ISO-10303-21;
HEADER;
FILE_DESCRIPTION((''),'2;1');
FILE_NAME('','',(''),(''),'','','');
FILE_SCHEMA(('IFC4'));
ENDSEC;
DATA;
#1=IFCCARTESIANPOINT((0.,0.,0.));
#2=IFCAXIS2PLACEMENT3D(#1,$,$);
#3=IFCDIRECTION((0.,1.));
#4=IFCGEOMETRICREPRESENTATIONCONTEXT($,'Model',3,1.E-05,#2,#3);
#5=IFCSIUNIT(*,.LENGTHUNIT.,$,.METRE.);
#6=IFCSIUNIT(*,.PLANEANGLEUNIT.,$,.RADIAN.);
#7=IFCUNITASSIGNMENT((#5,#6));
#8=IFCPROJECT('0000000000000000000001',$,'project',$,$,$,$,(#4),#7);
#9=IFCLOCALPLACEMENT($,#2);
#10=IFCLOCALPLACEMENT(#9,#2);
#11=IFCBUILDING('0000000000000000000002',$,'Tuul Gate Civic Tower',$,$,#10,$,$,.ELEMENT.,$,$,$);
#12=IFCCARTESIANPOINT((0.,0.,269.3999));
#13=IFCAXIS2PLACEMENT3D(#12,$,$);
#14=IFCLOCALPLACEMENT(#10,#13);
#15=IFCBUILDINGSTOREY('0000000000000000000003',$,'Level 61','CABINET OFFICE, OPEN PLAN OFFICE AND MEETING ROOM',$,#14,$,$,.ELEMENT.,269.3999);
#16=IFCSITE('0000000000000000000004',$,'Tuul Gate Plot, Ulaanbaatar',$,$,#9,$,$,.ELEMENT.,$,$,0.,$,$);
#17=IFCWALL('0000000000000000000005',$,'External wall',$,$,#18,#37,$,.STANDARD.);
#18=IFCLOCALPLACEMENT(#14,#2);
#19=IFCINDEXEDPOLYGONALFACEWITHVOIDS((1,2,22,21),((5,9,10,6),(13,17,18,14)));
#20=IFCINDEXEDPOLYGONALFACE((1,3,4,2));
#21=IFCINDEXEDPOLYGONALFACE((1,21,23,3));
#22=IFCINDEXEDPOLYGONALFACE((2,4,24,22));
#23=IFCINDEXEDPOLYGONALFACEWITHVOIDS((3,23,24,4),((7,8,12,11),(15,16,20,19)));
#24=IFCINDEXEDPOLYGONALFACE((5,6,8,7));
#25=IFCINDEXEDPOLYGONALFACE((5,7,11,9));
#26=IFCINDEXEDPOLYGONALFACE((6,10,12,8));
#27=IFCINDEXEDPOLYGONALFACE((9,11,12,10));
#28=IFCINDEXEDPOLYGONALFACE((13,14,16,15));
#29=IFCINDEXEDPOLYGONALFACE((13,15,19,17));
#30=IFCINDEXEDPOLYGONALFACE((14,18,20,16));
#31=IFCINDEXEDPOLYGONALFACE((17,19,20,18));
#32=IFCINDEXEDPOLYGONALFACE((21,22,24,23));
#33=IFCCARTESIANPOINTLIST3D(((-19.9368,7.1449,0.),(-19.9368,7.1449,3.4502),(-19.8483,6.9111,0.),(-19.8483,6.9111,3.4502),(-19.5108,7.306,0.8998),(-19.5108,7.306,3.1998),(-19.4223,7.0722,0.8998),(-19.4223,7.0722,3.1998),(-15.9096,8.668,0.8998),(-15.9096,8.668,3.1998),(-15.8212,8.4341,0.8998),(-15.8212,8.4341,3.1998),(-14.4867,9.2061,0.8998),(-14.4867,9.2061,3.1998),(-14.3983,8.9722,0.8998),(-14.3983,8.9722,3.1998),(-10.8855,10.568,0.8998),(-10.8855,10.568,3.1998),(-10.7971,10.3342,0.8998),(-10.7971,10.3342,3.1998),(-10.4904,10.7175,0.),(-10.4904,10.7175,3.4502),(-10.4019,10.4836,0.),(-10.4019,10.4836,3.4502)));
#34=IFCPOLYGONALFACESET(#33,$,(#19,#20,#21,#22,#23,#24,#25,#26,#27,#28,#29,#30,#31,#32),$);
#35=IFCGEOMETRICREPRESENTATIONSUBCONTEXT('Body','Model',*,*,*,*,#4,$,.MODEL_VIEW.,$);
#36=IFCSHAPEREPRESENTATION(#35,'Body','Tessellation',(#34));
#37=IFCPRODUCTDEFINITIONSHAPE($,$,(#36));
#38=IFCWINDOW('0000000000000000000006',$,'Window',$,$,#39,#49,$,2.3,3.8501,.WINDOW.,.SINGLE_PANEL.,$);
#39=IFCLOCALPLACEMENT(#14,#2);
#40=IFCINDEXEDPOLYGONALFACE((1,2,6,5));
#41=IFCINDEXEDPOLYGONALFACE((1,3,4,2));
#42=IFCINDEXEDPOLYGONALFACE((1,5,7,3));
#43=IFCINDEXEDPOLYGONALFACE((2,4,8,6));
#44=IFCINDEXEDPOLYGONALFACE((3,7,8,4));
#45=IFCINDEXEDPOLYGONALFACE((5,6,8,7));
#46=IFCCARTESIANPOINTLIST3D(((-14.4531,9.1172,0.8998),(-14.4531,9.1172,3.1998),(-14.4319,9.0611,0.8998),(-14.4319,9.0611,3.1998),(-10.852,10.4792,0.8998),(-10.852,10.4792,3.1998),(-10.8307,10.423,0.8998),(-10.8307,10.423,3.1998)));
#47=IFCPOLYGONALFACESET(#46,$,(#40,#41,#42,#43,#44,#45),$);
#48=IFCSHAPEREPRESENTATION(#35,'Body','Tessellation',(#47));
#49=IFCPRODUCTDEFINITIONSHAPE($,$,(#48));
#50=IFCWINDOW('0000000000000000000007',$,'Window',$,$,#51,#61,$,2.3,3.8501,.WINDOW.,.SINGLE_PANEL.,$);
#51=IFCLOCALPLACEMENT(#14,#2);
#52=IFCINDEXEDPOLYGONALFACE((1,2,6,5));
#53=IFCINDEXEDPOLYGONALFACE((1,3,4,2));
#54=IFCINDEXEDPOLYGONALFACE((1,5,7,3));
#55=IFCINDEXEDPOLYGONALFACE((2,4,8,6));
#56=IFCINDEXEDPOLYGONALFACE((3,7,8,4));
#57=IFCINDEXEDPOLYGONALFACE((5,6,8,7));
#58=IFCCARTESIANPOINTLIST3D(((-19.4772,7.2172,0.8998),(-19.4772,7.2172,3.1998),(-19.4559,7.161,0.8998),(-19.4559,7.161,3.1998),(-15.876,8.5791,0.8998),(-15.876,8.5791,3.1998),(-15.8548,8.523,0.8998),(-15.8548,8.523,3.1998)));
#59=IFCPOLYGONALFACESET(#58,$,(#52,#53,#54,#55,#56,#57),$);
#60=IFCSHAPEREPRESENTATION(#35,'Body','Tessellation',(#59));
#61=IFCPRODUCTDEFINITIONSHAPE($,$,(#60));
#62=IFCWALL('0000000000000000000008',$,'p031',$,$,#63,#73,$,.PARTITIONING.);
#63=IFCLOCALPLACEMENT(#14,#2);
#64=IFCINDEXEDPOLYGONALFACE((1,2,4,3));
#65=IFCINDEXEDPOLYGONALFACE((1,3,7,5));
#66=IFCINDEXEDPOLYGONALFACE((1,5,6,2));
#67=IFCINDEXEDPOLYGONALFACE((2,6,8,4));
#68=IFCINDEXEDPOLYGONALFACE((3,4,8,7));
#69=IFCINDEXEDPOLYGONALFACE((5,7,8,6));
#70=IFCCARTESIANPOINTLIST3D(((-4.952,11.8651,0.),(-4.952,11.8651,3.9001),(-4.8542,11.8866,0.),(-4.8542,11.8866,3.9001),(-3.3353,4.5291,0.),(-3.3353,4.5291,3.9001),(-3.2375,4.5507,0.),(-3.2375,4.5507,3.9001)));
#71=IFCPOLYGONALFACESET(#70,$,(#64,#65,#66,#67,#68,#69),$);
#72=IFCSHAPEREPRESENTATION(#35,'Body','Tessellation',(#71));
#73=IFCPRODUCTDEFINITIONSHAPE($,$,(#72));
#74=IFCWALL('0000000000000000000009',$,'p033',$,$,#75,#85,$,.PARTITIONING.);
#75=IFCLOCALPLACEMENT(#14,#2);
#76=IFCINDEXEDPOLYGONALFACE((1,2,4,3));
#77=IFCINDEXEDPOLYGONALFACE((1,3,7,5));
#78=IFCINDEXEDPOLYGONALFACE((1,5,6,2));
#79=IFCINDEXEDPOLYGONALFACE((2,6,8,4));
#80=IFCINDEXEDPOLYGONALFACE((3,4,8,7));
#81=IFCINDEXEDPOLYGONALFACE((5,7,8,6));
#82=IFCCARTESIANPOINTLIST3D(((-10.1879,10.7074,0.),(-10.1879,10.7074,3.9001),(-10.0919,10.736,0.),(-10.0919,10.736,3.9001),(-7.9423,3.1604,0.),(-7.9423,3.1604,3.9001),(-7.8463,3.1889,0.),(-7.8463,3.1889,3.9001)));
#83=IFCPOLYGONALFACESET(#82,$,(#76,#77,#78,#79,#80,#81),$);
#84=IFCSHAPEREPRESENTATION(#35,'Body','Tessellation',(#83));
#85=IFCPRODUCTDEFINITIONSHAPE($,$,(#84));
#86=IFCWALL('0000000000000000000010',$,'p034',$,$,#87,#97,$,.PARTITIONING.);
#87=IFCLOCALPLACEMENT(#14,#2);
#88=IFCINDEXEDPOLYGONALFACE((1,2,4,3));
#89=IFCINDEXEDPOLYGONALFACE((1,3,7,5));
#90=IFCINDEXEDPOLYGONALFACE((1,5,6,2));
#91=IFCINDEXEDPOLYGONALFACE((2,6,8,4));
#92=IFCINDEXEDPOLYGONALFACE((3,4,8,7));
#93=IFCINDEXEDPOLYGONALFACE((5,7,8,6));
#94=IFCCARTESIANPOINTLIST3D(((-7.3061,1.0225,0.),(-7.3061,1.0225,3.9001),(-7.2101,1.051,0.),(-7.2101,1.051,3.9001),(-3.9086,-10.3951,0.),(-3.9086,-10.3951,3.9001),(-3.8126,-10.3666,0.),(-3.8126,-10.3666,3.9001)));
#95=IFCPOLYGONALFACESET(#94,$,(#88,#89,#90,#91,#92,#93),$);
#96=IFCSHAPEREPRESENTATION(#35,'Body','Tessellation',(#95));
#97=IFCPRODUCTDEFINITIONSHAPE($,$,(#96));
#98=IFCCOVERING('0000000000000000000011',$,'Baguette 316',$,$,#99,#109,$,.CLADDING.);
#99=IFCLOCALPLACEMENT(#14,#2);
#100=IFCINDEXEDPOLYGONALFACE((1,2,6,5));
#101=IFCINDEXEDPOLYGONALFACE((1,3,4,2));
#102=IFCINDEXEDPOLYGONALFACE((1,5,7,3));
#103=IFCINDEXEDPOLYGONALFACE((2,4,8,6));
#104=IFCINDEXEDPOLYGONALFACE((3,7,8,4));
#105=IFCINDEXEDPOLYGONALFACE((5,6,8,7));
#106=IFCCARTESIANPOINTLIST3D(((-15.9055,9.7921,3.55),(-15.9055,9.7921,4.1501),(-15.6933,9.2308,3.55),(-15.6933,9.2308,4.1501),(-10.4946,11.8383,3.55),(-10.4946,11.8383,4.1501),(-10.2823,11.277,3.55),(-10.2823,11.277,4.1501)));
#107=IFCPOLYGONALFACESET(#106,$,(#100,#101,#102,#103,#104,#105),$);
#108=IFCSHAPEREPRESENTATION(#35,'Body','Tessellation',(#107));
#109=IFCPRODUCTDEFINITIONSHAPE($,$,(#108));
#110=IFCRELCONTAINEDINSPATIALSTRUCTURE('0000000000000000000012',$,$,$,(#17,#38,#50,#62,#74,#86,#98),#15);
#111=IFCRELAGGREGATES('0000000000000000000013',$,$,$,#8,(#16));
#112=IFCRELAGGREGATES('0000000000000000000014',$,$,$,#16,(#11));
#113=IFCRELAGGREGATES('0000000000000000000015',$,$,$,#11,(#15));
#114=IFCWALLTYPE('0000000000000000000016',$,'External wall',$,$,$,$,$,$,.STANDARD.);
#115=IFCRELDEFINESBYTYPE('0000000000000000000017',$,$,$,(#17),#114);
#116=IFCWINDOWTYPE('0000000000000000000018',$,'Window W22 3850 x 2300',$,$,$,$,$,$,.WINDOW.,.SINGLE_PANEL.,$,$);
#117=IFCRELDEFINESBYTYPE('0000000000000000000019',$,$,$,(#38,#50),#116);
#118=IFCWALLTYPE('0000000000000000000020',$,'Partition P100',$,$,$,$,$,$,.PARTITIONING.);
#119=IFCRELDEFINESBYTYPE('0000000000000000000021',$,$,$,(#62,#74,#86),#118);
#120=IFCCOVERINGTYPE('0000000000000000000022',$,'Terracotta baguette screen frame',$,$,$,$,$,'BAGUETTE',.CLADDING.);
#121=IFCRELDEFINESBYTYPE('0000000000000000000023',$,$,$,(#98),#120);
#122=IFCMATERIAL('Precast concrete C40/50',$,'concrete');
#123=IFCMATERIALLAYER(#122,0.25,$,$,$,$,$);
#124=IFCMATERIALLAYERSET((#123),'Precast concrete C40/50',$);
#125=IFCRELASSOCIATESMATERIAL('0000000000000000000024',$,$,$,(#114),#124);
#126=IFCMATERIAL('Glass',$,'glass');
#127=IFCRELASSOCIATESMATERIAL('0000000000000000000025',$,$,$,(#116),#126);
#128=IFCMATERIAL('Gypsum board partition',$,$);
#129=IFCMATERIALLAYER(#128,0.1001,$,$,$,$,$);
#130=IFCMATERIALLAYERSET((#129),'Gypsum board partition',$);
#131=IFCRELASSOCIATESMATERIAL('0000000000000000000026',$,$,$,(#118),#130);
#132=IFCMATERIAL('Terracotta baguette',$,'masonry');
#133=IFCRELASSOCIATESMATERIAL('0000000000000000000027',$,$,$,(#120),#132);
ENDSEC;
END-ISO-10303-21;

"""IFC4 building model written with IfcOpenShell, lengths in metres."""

from ifc_helpers import new_model, si_unit, direction, frame, frame_2d, origin, origin_2d, place, context, subcontext, project, spatial, rectangle, extrude, material, layer, layer_set, material_profile, profile_set, type_object, element, fill, save


model = new_model("IFC4")

# Units and contexts
model_context = context("Model", 3, precision=1e-05, world=origin(), true_north=direction((0.0, 1.0)))
body_context = subcontext(model_context, "Body", "Model", "MODEL_VIEW")
ifc_project = project(units=[si_unit("LENGTHUNIT", "METRE"), si_unit("PLANEANGLEUNIT", "RADIAN")], contexts=[model_context])

# Site, building, storey
site_placement = place(None, origin())
site = spatial("IfcSite", under=ifc_project, at=site_placement, Name="Tuul Gate Plot, Ulaanbaatar", CompositionType="ELEMENT", RefElevation=0.0)
building_placement = place(site_placement, origin())
building = spatial("IfcBuilding", under=site, at=building_placement, Name="Tuul Gate Civic Tower", CompositionType="ELEMENT")
storey_placement = place(building_placement, frame((0.0, 0.0, 269.3999)))
storey = spatial("IfcBuildingStorey", under=building, at=storey_placement, Name="Level 61", Description="CABINET OFFICE, OPEN PLAN OFFICE AND MEETING ROOM", CompositionType="ELEMENT", Elevation=269.3999)

# Wall, openings, windows
ifc_material_1 = material(Name="Precast concrete C40/50", Category="concrete")
ifc_layer_1 = layer(ifc_material_1, 0.25)
ifc_layer_set_1 = layer_set([ifc_layer_1], Name="Precast concrete C40/50")
wall_type_1 = type_object("IfcWallType", Name="External wall", PredefinedType="STANDARD", material=ifc_layer_set_1)
ifc_material_2 = material(Name="Glass", Category="glass")
window_type = type_object("IfcWindowType", Name="Window W22 3850 x 2300", PartitioningType="SINGLE_PANEL", PredefinedType="WINDOW", material=ifc_material_2)
wall_1_placement = place(storey_placement, frame((-10.446, 10.6006, 0.0), z_axis=(0.0, 0.0, 1.0), x_axis=(-0.935344, -0.353739, 0.0)))
wall_1 = element("IfcWall", 1, at=wall_1_placement, inside=storey, type_object=wall_type_1, Name="External wall", PredefinedType="STANDARD", context=body_context, shape_type="SweptSolid", body=[
    extrude(rectangle(XDim=10.0994, YDim=0.25, at=frame_2d((5.0498, 0.0))), origin(), (0.0, 0.0, 1.0), 3.4502),
])
opening_1_placement = place(wall_1_placement, frame((0.4226, 0.0, 0.8999)))
opening_1 = element("IfcOpeningElement", 2, at=opening_1_placement, cuts=wall_1, PredefinedType="OPENING", context=body_context, shape_type="SweptSolid", body=[
    extrude(rectangle(XDim=3.8501, YDim=2.3, at=frame_2d((1.925, 1.1499))), frame((0.0, 0.135, 0.0), z_axis=(0.0, -1.0, 0.0), x_axis=(1.0, 0.0, 0.0)), (0.0, 0.0, 1.0), 0.27),
])
opening_2_placement = place(wall_1_placement, frame((5.7939, 0.0, 0.8999)))
opening_2 = element("IfcOpeningElement", 3, at=opening_2_placement, cuts=wall_1, PredefinedType="OPENING", context=body_context, shape_type="SweptSolid", body=[
    extrude(rectangle(XDim=3.8501, YDim=2.3, at=frame_2d((1.925, 1.1499))), frame((0.0, 0.135, 0.0), z_axis=(0.0, -1.0, 0.0), x_axis=(1.0, 0.0, 0.0)), (0.0, 0.0, 1.0), 0.27),
])
window_1_placement = place(opening_1_placement, origin())
window_1 = element("IfcWindow", 4, at=window_1_placement, inside=storey, type_object=window_type, Name="Window", OverallHeight=2.3, OverallWidth=3.8501, PartitioningType="SINGLE_PANEL", PredefinedType="WINDOW", context=body_context, shape_type="SweptSolid", body=[
    extrude(rectangle(XDim=3.8501, YDim=2.3, at=frame_2d((1.925, 1.1499))), frame((0.0, 0.03, 0.0), z_axis=(0.0, -1.0, 0.0), x_axis=(1.0, 0.0, 0.0)), (0.0, 0.0, 1.0), 0.0601),
])
fill(opening_1, window_1)
window_2_placement = place(opening_2_placement, origin())
window_2 = element("IfcWindow", 5, at=window_2_placement, inside=storey, type_object=window_type, Name="Window", OverallHeight=2.3, OverallWidth=3.8501, PartitioningType="SINGLE_PANEL", PredefinedType="WINDOW", context=body_context, shape_type="SweptSolid", body=[
    extrude(rectangle(XDim=3.8501, YDim=2.3, at=frame_2d((1.925, 1.1499))), frame((0.0, 0.03, 0.0), z_axis=(0.0, -1.0, 0.0), x_axis=(1.0, 0.0, 0.0)), (0.0, 0.0, 1.0), 0.0601),
])
fill(opening_2, window_2)

# Walls
ifc_material_3 = material(Name="Gypsum board partition")
ifc_layer_2 = layer(ifc_material_3, 0.1001)
ifc_layer_set_2 = layer_set([ifc_layer_2], Name="Gypsum board partition")
wall_type_2 = type_object("IfcWallType", Name="Partition P100", PredefinedType="PARTITIONING", material=ifc_layer_set_2)
wall_2_placement = place(storey_placement, frame((-4.9031, 11.8757, 0.0), z_axis=(0.0, 0.0, 1.0), x_axis=(0.215216, -0.976566, 0.0)))
element("IfcWall", 6, at=wall_2_placement, inside=storey, type_object=wall_type_2, Name="p031", PredefinedType="PARTITIONING", context=body_context, shape_type="SweptSolid", body=[
    extrude(rectangle(XDim=7.512, YDim=0.1001, at=frame_2d((3.7559, 0.0))), origin(), (0.0, 0.0, 1.0), 3.9001),
])
wall_3_placement = place(storey_placement, frame((-10.1399, 10.7217, 0.0), z_axis=(0.0, 0.0, 1.0), x_axis=(0.285188, -0.958472, 0.0)))
element("IfcWall", 7, at=wall_3_placement, inside=storey, type_object=wall_type_2, Name="p033", PredefinedType="PARTITIONING", context=body_context, shape_type="SweptSolid", body=[
    extrude(rectangle(XDim=7.874, YDim=0.1001, at=frame_2d((3.937, 0.0))), origin(), (0.0, 0.0, 1.0), 3.9001),
])
wall_4_placement = place(storey_placement, frame((-7.2581, 1.0366, 0.0), z_axis=(0.0, 0.0, 1.0), x_axis=(0.285207, -0.958466, 0.0)))
element("IfcWall", 8, at=wall_4_placement, inside=storey, type_object=wall_type_2, Name="p034", PredefinedType="PARTITIONING", context=body_context, shape_type="SweptSolid", body=[
    extrude(rectangle(XDim=11.9124, YDim=0.1001, at=frame_2d((5.9561, 0.0))), origin(), (0.0, 0.0, 1.0), 3.9001),
])

# Covering
ifc_material_4 = material(Name="Terracotta baguette", Category="masonry")
ifc_material_profile_1 = material_profile(ifc_material_4, rectangle(XDim=0.6001, YDim=0.6001, at=origin_2d()), Name="Terracotta baguette screen frame")
ifc_profile_set_1 = profile_set([ifc_material_profile_1], Name="Terracotta baguette")
covering_type = type_object("IfcCoveringType", Name="Terracotta baguette screen frame", ElementType="BAGUETTE", PredefinedType="CLADDING", material=ifc_profile_set_1)
covering_placement = place(storey_placement, frame((-10.3884, 11.5576, 3.8501), z_axis=(-0.935356, -0.353708, 0.0), x_axis=(0.353708, -0.935356, 0.0)))
element("IfcCovering", 9, at=covering_placement, inside=storey, type_object=covering_type, Name="Baguette 316", PredefinedType="CLADDING", context=body_context, shape_type="SweptSolid", body=[
    extrude(rectangle(XDim=0.6001, YDim=0.6001, at=origin_2d()), origin(), (0.0, 0.0, 1.0), 5.7849),
])

save(model, "model.ifc")
